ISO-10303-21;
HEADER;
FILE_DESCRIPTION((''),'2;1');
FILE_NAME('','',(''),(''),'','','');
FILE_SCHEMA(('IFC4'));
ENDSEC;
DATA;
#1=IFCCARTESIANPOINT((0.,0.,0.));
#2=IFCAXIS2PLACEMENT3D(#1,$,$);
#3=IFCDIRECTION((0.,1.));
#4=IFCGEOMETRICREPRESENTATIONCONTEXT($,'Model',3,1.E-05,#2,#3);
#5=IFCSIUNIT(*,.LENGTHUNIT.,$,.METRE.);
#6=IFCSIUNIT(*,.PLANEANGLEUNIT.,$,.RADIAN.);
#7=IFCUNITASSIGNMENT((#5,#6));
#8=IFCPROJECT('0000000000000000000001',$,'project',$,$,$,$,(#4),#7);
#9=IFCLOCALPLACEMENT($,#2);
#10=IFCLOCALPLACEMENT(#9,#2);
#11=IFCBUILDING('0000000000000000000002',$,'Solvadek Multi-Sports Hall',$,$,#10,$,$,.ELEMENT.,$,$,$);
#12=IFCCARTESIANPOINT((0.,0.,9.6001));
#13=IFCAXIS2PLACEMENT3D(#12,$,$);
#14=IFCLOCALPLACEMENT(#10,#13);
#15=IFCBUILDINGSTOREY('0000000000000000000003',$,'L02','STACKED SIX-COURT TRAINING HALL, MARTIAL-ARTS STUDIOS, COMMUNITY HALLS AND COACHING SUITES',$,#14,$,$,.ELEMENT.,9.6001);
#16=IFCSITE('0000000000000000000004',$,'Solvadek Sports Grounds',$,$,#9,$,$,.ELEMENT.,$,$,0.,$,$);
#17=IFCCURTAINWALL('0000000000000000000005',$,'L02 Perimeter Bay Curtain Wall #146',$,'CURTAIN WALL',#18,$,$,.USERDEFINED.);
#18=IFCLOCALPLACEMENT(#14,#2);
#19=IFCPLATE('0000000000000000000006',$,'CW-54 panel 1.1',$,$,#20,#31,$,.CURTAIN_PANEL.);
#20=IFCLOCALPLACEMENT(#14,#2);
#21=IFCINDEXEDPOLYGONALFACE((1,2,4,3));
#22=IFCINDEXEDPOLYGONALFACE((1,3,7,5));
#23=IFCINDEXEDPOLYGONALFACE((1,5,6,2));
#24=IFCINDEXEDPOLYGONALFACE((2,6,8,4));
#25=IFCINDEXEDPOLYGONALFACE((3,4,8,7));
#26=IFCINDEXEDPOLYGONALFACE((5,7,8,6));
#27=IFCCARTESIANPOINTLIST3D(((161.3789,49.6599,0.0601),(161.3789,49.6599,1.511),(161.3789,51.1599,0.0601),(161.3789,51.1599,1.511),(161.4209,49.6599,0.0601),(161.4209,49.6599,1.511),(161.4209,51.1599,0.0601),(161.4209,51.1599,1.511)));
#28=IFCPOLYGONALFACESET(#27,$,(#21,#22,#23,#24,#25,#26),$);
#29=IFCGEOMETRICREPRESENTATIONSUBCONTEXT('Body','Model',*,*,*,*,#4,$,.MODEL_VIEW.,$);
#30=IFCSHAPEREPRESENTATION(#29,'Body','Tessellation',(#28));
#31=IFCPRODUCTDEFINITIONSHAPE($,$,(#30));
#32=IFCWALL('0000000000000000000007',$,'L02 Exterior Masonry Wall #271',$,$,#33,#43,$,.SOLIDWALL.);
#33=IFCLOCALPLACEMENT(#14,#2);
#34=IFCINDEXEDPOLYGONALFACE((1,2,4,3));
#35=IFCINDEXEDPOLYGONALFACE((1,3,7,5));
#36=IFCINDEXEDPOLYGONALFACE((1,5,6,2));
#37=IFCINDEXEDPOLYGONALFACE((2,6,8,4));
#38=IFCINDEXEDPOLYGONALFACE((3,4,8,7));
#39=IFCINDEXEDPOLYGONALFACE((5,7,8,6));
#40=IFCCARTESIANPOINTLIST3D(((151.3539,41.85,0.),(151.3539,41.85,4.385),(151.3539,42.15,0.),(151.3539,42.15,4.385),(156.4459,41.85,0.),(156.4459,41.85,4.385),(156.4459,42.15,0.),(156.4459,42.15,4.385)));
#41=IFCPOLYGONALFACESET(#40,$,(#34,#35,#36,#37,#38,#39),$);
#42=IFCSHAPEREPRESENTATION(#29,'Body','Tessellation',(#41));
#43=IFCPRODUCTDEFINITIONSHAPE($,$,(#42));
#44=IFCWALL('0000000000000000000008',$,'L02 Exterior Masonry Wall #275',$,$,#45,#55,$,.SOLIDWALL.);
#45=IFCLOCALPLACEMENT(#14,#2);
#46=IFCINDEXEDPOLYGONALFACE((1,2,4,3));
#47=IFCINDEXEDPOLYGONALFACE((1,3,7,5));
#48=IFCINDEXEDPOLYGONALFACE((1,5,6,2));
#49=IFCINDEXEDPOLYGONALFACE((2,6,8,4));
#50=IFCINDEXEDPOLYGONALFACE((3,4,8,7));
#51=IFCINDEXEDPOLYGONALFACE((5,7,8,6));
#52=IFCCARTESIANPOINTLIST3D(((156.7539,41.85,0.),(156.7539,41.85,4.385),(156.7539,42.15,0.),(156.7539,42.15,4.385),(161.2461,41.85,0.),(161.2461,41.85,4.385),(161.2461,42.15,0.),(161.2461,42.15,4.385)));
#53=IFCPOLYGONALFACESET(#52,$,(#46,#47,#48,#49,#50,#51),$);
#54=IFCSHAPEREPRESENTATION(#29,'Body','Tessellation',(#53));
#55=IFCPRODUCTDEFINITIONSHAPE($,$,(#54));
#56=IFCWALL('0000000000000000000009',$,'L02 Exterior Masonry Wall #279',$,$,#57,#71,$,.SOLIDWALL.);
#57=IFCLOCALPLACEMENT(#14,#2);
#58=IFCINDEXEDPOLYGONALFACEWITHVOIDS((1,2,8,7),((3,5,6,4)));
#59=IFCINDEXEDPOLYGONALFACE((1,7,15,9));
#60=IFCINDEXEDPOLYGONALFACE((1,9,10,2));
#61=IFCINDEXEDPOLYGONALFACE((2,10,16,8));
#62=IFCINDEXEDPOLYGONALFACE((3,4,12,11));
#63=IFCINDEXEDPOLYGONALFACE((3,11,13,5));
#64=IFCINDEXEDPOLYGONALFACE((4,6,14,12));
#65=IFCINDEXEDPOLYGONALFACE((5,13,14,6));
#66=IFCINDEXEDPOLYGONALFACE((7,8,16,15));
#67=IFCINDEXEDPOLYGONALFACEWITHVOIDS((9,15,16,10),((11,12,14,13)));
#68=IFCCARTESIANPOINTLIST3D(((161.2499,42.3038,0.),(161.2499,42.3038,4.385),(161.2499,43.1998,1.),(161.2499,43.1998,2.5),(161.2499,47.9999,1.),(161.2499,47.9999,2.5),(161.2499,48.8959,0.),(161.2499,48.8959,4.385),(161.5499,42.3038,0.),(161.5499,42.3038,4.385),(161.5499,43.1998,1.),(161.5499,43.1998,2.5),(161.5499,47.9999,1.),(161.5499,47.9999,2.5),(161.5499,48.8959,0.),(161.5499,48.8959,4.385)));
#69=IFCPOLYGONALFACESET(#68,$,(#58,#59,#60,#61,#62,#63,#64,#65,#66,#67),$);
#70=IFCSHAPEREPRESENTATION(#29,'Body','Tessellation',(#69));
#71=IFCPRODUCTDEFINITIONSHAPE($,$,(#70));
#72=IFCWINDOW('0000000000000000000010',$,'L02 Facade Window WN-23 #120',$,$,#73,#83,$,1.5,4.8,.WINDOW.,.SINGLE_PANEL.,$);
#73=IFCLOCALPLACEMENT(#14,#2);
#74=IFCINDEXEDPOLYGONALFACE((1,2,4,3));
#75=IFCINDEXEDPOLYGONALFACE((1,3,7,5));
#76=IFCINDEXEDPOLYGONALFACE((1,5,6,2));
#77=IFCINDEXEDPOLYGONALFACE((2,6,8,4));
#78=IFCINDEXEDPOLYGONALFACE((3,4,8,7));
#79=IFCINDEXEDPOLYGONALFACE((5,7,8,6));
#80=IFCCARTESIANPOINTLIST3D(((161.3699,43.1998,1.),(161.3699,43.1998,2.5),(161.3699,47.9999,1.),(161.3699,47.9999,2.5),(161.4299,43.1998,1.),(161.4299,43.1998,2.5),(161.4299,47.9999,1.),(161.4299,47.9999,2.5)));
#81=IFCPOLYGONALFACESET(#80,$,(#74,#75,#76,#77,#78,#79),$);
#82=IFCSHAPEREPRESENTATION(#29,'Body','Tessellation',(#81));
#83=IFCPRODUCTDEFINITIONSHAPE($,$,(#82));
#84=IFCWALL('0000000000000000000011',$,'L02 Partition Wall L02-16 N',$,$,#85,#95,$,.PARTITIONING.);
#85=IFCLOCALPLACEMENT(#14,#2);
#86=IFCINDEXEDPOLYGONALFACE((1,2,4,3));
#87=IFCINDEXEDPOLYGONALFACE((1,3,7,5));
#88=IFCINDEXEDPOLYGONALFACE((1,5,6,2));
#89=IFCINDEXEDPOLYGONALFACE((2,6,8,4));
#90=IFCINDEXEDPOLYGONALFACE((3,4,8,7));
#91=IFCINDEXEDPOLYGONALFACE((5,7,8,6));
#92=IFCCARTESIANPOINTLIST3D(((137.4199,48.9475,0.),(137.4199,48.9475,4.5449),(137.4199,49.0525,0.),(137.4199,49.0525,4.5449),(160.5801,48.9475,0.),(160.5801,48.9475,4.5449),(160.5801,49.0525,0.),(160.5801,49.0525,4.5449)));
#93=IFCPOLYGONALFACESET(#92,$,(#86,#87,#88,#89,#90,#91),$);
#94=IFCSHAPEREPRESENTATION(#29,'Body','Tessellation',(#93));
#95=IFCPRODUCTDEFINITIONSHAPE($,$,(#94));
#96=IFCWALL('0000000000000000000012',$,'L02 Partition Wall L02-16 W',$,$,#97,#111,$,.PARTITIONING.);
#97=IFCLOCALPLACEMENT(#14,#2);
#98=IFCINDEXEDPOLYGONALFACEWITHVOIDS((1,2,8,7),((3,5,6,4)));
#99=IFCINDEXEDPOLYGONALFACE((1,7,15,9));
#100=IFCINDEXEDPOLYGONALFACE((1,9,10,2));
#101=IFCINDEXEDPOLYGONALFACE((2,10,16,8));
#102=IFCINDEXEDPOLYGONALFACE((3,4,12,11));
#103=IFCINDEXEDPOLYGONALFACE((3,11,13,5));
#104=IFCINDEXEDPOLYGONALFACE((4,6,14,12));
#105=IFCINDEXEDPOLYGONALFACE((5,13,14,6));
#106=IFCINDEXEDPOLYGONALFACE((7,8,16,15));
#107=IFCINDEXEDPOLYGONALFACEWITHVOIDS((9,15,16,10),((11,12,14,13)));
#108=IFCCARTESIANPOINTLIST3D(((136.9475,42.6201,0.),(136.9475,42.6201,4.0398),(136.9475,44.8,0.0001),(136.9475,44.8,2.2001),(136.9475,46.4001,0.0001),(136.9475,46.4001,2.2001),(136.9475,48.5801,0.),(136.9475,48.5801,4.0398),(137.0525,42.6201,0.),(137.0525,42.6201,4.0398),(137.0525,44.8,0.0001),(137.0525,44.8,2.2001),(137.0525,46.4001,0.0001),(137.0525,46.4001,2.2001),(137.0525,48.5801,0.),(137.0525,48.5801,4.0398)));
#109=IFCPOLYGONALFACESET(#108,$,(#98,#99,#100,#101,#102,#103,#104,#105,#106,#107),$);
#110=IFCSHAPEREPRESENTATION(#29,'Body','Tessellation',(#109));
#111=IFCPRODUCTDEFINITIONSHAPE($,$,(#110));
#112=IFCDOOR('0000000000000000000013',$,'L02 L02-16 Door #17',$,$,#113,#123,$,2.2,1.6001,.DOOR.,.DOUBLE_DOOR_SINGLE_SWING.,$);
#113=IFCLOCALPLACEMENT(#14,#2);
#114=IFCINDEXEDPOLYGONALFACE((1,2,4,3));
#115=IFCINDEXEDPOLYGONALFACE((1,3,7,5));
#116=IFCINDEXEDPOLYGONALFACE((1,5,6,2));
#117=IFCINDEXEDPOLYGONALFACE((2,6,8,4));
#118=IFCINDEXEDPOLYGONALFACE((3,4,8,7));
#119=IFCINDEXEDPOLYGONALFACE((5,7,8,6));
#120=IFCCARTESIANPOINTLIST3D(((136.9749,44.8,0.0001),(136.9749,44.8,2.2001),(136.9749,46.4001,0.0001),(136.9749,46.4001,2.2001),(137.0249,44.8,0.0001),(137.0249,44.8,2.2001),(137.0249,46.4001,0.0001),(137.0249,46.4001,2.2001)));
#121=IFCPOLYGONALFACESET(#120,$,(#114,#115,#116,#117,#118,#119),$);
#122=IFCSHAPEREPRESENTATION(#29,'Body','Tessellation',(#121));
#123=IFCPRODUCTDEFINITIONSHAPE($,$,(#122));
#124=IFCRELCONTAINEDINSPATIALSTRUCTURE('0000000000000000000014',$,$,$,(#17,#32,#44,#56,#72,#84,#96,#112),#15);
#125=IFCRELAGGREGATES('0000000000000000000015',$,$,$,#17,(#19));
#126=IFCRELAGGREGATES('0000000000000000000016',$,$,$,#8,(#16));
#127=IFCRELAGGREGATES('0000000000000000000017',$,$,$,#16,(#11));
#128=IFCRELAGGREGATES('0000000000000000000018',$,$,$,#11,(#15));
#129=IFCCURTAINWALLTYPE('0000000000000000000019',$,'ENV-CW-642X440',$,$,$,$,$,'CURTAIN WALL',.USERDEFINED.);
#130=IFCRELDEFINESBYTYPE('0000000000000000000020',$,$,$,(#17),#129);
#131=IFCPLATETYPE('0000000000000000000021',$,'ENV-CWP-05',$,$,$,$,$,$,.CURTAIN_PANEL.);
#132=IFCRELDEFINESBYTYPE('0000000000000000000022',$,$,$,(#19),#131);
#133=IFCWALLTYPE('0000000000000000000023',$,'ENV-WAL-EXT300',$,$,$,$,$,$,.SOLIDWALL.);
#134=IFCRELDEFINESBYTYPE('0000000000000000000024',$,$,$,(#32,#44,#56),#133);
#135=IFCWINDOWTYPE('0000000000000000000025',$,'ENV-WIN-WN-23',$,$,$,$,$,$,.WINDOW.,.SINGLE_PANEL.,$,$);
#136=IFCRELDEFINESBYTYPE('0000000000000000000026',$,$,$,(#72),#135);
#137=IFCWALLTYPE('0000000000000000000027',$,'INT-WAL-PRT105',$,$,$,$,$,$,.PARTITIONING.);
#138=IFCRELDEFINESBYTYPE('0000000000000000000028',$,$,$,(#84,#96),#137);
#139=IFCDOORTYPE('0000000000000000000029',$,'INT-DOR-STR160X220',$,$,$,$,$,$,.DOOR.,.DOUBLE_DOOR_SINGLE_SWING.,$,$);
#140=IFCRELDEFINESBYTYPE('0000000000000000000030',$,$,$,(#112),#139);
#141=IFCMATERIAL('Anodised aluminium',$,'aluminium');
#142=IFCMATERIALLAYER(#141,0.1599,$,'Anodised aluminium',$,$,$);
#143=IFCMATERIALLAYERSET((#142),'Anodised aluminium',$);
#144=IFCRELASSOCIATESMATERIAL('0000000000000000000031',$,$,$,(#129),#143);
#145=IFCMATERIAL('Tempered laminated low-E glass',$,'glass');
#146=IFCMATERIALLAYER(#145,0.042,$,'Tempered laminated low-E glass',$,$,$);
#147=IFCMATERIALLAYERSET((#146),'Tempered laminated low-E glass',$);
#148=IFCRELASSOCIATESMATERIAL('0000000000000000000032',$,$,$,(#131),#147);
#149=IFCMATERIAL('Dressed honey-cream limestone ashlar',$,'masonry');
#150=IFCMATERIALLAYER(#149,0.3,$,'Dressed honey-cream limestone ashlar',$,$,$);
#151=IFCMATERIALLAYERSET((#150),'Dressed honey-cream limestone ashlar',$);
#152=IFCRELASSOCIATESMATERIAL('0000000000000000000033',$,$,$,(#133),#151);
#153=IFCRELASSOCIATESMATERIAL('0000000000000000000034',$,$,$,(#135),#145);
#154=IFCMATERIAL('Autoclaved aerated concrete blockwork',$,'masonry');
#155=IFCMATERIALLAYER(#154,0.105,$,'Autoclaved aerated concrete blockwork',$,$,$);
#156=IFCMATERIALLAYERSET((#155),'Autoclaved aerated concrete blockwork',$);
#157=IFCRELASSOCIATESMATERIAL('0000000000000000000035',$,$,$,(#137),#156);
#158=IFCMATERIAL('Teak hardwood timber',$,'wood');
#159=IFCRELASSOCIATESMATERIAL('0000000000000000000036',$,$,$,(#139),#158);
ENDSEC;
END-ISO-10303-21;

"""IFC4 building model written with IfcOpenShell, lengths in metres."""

from ifc_helpers import new_model, si_unit, direction, frame, frame_2d, origin, origin_2d, place, context, subcontext, project, spatial, rectangle, extrude, material, layer, layer_set, type_object, element, fill, aggregate, save


model = new_model("IFC4")

# Units and contexts
model_context = context("Model", 3, precision=1e-05, world=origin(), true_north=direction((0.0, 1.0)))
body_context = subcontext(model_context, "Body", "Model", "MODEL_VIEW")
ifc_project = project(units=[si_unit("LENGTHUNIT", "METRE"), si_unit("PLANEANGLEUNIT", "RADIAN")], contexts=[model_context])

# Site, building, storey
site_placement = place(None, origin())
site = spatial("IfcSite", under=ifc_project, at=site_placement, Name="Solvadek Sports Grounds", CompositionType="ELEMENT", RefElevation=0.0)
building_placement = place(site_placement, origin())
building = spatial("IfcBuilding", under=site, at=building_placement, Name="Solvadek Multi-Sports Hall", CompositionType="ELEMENT")
storey_placement = place(building_placement, frame((0.0, 0.0, 9.6001)))
storey = spatial("IfcBuildingStorey", under=building, at=storey_placement, Name="L02", Description="STACKED SIX-COURT TRAINING HALL, MARTIAL-ARTS STUDIOS, COMMUNITY HALLS AND COACHING SUITES", CompositionType="ELEMENT", Elevation=9.6001)

# Shared definitions
ifc_material_1 = material(Name="Anodised aluminium", Category="aluminium")

# Curtain wall
ifc_layer_1 = layer(ifc_material_1, 0.1599, Name="Anodised aluminium")
ifc_layer_set_1 = layer_set([ifc_layer_1], Name="Anodised aluminium")
curtain_wall_type_1 = type_object("IfcCurtainWallType", Name="ENV-CW-642X440", ElementType="CURTAIN WALL", PredefinedType="USERDEFINED", material=ifc_layer_set_1)
curtain_wall_1_placement = place(storey_placement, origin())
curtain_wall_1 = element("IfcCurtainWall", 1, at=curtain_wall_1_placement, inside=storey, type_object=curtain_wall_type_1, Name="L02 Perimeter Bay Curtain Wall #146", ObjectType="CURTAIN WALL", PredefinedType="USERDEFINED")

# Plate
ifc_material_2 = material(Name="Tempered laminated low-E glass", Category="glass")
ifc_layer_2 = layer(ifc_material_2, 0.042, Name="Tempered laminated low-E glass")
ifc_layer_set_2 = layer_set([ifc_layer_2], Name="Tempered laminated low-E glass")
plate_type_1 = type_object("IfcPlateType", Name="ENV-CWP-05", PredefinedType="CURTAIN_PANEL", material=ifc_layer_set_2)
plate_1_placement = place(storey_placement, frame((161.3999, 50.4099, 0.0601), z_axis=(0.0, 0.0, 1.0), x_axis=(0.0, 1.0, 0.0)))
plate_1 = element("IfcPlate", 2, at=plate_1_placement, type_object=plate_type_1, Name="CW-54 panel 1.1", PredefinedType="CURTAIN_PANEL", context=body_context, shape_type="SweptSolid", body=[
    extrude(rectangle(XDim=1.5, YDim=0.042, at=origin_2d()), origin(), (0.0, 0.0, 1.0), 1.4509),
])
aggregate(curtain_wall_1, [plate_1])

# Walls
ifc_material_3 = material(Name="Dressed honey-cream limestone ashlar", Category="masonry")
ifc_layer_3 = layer(ifc_material_3, 0.3, Name="Dressed honey-cream limestone ashlar")
ifc_layer_set_3 = layer_set([ifc_layer_3], Name="Dressed honey-cream limestone ashlar")
wall_type_1 = type_object("IfcWallType", Name="ENV-WAL-EXT300", PredefinedType="SOLIDWALL", material=ifc_layer_set_3)
wall_1_placement = place(storey_placement, frame((151.354, 42.0, 0.0), z_axis=(0.0, 0.0, 1.0), x_axis=(1.0, 0.0, 0.0)))
element("IfcWall", 3, at=wall_1_placement, inside=storey, type_object=wall_type_1, Name="L02 Exterior Masonry Wall #271", PredefinedType="SOLIDWALL", context=body_context, shape_type="SweptSolid", body=[
    extrude(rectangle(XDim=5.092, YDim=0.3, at=frame_2d((2.5459, 0.0))), origin(), (0.0, 0.0, 1.0), 4.385),
])
wall_2_placement = place(storey_placement, frame((156.7539, 42.0, 0.0), z_axis=(0.0, 0.0, 1.0), x_axis=(1.0, 0.0, 0.0)))
element("IfcWall", 4, at=wall_2_placement, inside=storey, type_object=wall_type_1, Name="L02 Exterior Masonry Wall #275", PredefinedType="SOLIDWALL", context=body_context, shape_type="SweptSolid", body=[
    extrude(rectangle(XDim=4.4922, YDim=0.3, at=frame_2d((2.2461, 0.0))), origin(), (0.0, 0.0, 1.0), 4.385),
])

# Wall, opening, window
wall_3_placement = place(storey_placement, frame((161.3999, 42.304, 0.0), z_axis=(0.0, 0.0, 1.0), x_axis=(0.0, 1.0, 0.0)))
wall_3 = element("IfcWall", 5, at=wall_3_placement, inside=storey, type_object=wall_type_1, Name="L02 Exterior Masonry Wall #279", PredefinedType="SOLIDWALL", context=body_context, shape_type="SweptSolid", body=[
    extrude(rectangle(XDim=6.592, YDim=0.3, at=frame_2d((3.2959, 0.0))), origin(), (0.0, 0.0, 1.0), 4.385),
])
opening_1_placement = place(wall_3_placement, frame((0.896, 0.0, 1.0)))
opening_1 = element("IfcOpeningElement", 6, at=opening_1_placement, cuts=wall_3, PredefinedType="OPENING", context=body_context, shape_type="SweptSolid", body=[
    extrude(rectangle(XDim=4.8, YDim=1.5, at=frame_2d((2.3999, 0.75))), frame((0.0, 0.1599, 0.0), z_axis=(0.0, -1.0, 0.0), x_axis=(1.0, 0.0, 0.0)), (0.0, 0.0, 1.0), 0.3201),
])
window_type = type_object("IfcWindowType", Name="ENV-WIN-WN-23", PartitioningType="SINGLE_PANEL", PredefinedType="WINDOW", material=ifc_material_2)
window_placement = place(opening_1_placement, origin())
window = element("IfcWindow", 7, at=window_placement, inside=storey, type_object=window_type, Name="L02 Facade Window WN-23 #120", OverallHeight=1.5, OverallWidth=4.8, PartitioningType="SINGLE_PANEL", PredefinedType="WINDOW", context=body_context, shape_type="SweptSolid", body=[
    extrude(rectangle(XDim=4.8, YDim=1.5, at=frame_2d((2.3999, 0.75))), frame((0.0, 0.03, 0.0), z_axis=(0.0, -1.0, 0.0), x_axis=(1.0, 0.0, 0.0)), (0.0, 0.0, 1.0), 0.0601),
])
fill(opening_1, window)

# Wall
ifc_material_4 = material(Name="Autoclaved aerated concrete blockwork", Category="masonry")
ifc_layer_4 = layer(ifc_material_4, 0.105, Name="Autoclaved aerated concrete blockwork")
ifc_layer_set_4 = layer_set([ifc_layer_4], Name="Autoclaved aerated concrete blockwork")
wall_type_2 = type_object("IfcWallType", Name="INT-WAL-PRT105", PredefinedType="PARTITIONING", material=ifc_layer_set_4)
wall_4_placement = place(storey_placement, frame((137.4199, 49.0, 0.0), z_axis=(0.0, 0.0, 1.0), x_axis=(1.0, 0.0, 0.0)))
element("IfcWall", 8, at=wall_4_placement, inside=storey, type_object=wall_type_2, Name="L02 Partition Wall L02-16 N", PredefinedType="PARTITIONING", context=body_context, shape_type="SweptSolid", body=[
    extrude(rectangle(XDim=23.1602, YDim=0.105, at=frame_2d((11.5801, 0.0))), origin(), (0.0, 0.0, 1.0), 4.5449),
])

# Wall, opening, door
wall_5_placement = place(storey_placement, frame((137.0, 42.6201, 0.0), z_axis=(0.0, 0.0, 1.0), x_axis=(0.0, 1.0, 0.0)))
wall_5 = element("IfcWall", 9, at=wall_5_placement, inside=storey, type_object=wall_type_2, Name="L02 Partition Wall L02-16 W", PredefinedType="PARTITIONING", context=body_context, shape_type="SweptSolid", body=[
    extrude(rectangle(XDim=5.96, YDim=0.105, at=frame_2d((2.98, 0.0))), origin(), (0.0, 0.0, 1.0), 4.0398),
])
opening_2_placement = place(wall_5_placement, frame((2.1799, 0.0, 0.0)))
opening_2 = element("IfcOpeningElement", 10, at=opening_2_placement, cuts=wall_5, PredefinedType="OPENING", context=body_context, shape_type="SweptSolid", body=[
    extrude(rectangle(XDim=1.6001, YDim=2.2, at=frame_2d((0.8, 1.1001))), frame((0.0, 0.0625, 0.0), z_axis=(0.0, -1.0, 0.0), x_axis=(1.0, 0.0, 0.0)), (0.0, 0.0, 1.0), 0.125),
])
ifc_material_5 = material(Name="Teak hardwood timber", Category="wood")
door_type = type_object("IfcDoorType", Name="INT-DOR-STR160X220", OperationType="DOUBLE_DOOR_SINGLE_SWING", PredefinedType="DOOR", material=ifc_material_5)
door_placement = place(opening_2_placement, frame((1.6001, 0.0, 0.0), z_axis=(0.0, 0.0, 1.0), x_axis=(-1.0, 0.0, 0.0)))
door = element("IfcDoor", 11, at=door_placement, inside=storey, type_object=door_type, Name="L02 L02-16 Door #17", OperationType="DOUBLE_DOOR_SINGLE_SWING", OverallHeight=2.2, OverallWidth=1.6001, PredefinedType="DOOR", context=body_context, shape_type="SweptSolid", body=[
    extrude(rectangle(XDim=1.6001, YDim=2.2, at=frame_2d((0.8, 1.1001))), frame((0.0, 0.0249, 0.0), z_axis=(0.0, -1.0, 0.0), x_axis=(1.0, 0.0, 0.0)), (0.0, 0.0, 1.0), 0.05),
])
fill(opening_2, door)

save(model, "model.ifc")
